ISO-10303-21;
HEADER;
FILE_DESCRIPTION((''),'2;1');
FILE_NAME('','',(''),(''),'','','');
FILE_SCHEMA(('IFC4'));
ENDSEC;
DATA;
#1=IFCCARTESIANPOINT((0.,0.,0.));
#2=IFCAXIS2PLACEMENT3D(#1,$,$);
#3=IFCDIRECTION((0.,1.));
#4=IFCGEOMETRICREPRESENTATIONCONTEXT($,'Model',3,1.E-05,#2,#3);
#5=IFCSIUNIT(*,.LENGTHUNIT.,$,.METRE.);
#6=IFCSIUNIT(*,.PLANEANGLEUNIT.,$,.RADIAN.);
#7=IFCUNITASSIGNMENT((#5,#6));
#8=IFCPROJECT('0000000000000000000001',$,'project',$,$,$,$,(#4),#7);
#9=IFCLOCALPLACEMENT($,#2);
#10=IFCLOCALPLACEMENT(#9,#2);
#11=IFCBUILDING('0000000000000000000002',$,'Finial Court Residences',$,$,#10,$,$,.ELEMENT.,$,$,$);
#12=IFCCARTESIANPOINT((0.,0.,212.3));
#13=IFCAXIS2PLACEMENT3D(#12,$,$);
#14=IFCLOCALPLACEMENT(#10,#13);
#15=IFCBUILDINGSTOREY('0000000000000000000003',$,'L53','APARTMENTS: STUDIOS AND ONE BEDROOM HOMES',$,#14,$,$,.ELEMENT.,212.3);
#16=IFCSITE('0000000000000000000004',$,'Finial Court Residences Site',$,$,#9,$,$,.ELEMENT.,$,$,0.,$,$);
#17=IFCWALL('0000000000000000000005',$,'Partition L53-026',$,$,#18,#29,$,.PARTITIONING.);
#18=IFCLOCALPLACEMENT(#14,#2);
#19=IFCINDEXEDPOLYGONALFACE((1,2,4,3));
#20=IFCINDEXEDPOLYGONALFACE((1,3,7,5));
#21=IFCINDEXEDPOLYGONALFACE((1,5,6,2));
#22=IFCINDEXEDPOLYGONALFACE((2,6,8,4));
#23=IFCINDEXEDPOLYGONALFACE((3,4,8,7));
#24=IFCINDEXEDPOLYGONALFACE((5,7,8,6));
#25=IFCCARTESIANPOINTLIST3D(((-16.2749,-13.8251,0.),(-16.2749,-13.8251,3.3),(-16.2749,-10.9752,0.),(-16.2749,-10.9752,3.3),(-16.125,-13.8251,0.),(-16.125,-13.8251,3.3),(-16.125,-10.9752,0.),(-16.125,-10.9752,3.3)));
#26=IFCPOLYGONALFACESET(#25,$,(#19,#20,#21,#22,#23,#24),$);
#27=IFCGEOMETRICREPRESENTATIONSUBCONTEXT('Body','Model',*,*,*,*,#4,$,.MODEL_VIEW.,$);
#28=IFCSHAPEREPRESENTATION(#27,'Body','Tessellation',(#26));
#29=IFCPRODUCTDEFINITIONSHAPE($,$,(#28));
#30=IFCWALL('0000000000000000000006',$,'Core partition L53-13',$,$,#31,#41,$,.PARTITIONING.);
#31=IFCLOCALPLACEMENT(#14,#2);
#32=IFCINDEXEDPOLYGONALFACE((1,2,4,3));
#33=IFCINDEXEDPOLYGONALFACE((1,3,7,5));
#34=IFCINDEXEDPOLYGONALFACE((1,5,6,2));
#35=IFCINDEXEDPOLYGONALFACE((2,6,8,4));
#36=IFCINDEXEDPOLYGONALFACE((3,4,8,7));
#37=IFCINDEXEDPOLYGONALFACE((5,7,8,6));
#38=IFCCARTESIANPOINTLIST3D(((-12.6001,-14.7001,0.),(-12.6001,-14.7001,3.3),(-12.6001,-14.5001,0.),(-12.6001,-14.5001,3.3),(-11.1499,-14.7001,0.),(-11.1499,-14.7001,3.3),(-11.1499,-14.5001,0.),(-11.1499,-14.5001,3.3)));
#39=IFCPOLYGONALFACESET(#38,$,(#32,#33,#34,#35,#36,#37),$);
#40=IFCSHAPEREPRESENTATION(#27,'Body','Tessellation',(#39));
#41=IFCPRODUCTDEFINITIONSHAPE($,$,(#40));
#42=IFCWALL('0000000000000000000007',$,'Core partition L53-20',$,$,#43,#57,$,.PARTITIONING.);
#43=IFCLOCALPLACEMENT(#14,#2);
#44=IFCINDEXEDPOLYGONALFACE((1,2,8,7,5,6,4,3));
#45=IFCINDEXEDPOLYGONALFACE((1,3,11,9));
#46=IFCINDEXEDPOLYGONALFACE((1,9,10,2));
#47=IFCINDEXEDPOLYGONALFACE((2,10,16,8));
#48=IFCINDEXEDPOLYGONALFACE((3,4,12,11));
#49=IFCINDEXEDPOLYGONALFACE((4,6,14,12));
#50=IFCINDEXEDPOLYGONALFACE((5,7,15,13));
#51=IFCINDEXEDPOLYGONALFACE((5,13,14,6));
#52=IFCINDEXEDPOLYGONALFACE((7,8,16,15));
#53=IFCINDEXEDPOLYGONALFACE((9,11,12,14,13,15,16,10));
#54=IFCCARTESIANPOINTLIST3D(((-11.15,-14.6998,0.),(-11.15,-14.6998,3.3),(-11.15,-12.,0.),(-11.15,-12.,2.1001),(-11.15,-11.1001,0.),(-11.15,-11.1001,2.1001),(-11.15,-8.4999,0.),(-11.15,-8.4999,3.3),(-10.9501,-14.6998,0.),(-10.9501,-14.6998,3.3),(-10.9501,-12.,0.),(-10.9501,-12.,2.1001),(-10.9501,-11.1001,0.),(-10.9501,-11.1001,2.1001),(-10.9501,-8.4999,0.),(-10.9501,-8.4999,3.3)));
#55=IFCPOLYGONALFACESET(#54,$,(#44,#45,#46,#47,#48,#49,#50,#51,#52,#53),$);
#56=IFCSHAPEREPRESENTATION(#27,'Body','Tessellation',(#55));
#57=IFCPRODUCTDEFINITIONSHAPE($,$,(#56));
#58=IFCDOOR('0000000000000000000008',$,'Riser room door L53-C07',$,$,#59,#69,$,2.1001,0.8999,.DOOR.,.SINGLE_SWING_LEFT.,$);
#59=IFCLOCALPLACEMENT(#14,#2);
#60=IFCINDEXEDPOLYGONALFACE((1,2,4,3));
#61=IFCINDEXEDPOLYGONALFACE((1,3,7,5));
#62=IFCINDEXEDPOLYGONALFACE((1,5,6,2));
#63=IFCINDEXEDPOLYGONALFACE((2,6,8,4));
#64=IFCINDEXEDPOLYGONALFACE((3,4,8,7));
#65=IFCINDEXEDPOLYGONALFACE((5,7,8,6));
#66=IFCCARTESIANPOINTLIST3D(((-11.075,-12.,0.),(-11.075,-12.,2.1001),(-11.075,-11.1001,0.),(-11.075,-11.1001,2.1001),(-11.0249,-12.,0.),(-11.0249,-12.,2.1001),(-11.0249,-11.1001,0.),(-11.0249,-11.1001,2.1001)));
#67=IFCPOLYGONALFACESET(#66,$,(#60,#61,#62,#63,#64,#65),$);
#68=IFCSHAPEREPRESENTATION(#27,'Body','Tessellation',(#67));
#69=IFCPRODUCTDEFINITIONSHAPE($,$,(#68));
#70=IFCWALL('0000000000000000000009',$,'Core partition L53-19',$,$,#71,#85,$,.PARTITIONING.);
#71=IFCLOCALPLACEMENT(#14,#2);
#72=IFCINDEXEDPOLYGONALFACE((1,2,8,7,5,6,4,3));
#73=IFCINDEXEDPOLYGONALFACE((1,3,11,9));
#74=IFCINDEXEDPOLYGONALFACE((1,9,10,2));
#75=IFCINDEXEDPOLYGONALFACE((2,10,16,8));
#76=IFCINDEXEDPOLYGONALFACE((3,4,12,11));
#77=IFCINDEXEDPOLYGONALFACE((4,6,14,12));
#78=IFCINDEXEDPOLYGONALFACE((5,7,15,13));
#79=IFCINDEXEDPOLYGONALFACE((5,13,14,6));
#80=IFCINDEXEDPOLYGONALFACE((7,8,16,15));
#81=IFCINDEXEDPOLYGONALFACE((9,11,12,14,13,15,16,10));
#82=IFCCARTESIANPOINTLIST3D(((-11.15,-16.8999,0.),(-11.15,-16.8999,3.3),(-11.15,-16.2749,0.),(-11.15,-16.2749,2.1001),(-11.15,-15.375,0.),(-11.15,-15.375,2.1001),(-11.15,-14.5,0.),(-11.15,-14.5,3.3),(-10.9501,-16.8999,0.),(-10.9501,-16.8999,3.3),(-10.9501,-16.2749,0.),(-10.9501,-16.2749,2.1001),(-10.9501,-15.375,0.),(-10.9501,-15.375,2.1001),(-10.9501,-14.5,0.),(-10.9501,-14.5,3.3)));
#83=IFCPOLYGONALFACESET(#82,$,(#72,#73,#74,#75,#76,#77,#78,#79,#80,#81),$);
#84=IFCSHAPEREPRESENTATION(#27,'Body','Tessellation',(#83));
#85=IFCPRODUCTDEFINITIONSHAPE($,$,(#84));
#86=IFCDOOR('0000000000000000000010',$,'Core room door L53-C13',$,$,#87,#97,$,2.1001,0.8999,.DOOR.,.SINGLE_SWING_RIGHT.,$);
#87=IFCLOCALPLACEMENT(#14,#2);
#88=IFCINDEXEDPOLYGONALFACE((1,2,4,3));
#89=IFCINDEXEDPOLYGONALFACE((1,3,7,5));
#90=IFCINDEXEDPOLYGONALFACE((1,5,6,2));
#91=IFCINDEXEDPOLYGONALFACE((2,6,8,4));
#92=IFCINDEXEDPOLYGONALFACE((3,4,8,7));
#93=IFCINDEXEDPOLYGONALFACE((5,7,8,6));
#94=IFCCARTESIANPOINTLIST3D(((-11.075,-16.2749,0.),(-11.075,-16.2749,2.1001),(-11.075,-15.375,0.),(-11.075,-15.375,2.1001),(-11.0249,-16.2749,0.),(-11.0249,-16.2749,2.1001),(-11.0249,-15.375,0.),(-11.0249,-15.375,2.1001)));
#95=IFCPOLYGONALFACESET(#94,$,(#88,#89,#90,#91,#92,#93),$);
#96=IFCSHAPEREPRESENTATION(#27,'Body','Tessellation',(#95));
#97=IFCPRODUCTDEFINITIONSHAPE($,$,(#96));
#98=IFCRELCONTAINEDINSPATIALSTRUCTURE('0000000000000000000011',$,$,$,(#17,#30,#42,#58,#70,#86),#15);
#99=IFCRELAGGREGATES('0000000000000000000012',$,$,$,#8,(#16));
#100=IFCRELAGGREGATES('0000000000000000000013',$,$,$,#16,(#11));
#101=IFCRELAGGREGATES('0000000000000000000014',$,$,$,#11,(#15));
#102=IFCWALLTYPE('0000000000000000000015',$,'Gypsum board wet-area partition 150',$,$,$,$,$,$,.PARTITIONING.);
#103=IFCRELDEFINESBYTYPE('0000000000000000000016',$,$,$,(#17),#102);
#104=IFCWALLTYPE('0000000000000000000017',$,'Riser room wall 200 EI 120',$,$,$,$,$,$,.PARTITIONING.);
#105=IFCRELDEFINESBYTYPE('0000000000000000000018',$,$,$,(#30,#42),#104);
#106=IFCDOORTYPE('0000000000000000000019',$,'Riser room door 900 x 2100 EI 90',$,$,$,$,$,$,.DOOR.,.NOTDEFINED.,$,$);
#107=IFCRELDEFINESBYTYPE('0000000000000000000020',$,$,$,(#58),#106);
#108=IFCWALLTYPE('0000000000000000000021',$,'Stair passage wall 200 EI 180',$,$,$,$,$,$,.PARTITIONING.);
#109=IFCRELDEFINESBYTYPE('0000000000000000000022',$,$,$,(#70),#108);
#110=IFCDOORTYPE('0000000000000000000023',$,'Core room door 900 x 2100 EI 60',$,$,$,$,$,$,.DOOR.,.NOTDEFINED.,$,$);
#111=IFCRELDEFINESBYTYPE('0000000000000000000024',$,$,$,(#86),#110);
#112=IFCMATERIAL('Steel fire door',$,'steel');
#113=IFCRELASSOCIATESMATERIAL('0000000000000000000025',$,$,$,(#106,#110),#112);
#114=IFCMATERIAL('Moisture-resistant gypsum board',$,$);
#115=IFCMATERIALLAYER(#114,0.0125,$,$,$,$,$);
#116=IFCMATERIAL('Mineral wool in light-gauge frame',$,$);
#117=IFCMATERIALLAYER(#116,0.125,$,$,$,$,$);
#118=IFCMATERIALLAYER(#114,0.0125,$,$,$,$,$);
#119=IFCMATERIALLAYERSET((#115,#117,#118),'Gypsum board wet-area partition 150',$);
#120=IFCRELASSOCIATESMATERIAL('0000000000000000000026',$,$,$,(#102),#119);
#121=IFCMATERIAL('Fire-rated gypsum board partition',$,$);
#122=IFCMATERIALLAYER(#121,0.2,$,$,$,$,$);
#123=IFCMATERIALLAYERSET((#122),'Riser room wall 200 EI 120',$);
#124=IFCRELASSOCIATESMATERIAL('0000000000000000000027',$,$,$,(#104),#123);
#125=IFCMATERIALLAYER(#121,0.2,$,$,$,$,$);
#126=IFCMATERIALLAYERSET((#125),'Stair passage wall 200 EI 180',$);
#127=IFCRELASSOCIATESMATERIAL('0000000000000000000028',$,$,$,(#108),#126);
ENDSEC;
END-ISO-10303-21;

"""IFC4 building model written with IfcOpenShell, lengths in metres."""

from ifc_helpers import new_model, si_unit, direction, frame, frame_2d, origin, place, context, subcontext, project, spatial, rectangle, extrude, material, layer, layer_set, type_object, element, fill, save


model = new_model("IFC4")

# Units and contexts
model_context = context("Model", 3, precision=1e-05, world=origin(), true_north=direction((0.0, 1.0)))
body_context = subcontext(model_context, "Body", "Model", "MODEL_VIEW")
ifc_project = project(units=[si_unit("LENGTHUNIT", "METRE"), si_unit("PLANEANGLEUNIT", "RADIAN")], contexts=[model_context])

# Site, building, storey
site_placement = place(None, origin())
site = spatial("IfcSite", under=ifc_project, at=site_placement, Name="Finial Court Residences Site", CompositionType="ELEMENT", RefElevation=0.0)
building_placement = place(site_placement, origin())
building = spatial("IfcBuilding", under=site, at=building_placement, Name="Finial Court Residences", CompositionType="ELEMENT")
storey_placement = place(building_placement, frame((0.0, 0.0, 212.3)))
storey = spatial("IfcBuildingStorey", under=building, at=storey_placement, Name="L53", Description="APARTMENTS: STUDIOS AND ONE BEDROOM HOMES", CompositionType="ELEMENT", Elevation=212.3)

# Shared definitions
ifc_material_1 = material(Name="Steel fire door", Category="steel")
door_type_1 = type_object("IfcDoorType", Name="Riser room door 900 x 2100 EI 90", OperationType="NOTDEFINED", PredefinedType="DOOR", material=ifc_material_1)

# Shared definitions
ifc_material_2 = material(Name="Mineral wool in light-gauge frame")

# Walls
ifc_material_3 = material(Name="Moisture-resistant gypsum board")
ifc_layer_1 = layer(ifc_material_3, 0.0125)
ifc_layer_2 = layer(ifc_material_2, 0.125)
ifc_layer_3 = layer(ifc_material_3, 0.0125)
ifc_layer_set_1 = layer_set([ifc_layer_1, ifc_layer_2, ifc_layer_3], Name="Gypsum board wet-area partition 150")
wall_type_1 = type_object("IfcWallType", Name="Gypsum board wet-area partition 150", PredefinedType="PARTITIONING", material=ifc_layer_set_1)
wall_1_placement = place(storey_placement, frame((-16.2, -13.825, 0.0), z_axis=(0.0, 0.0, 1.0), x_axis=(0.0, 1.0, 0.0)))
element("IfcWall", 1, at=wall_1_placement, inside=storey, type_object=wall_type_1, Name="Partition L53-026", PredefinedType="PARTITIONING", context=body_context, shape_type="SweptSolid", body=[
    extrude(rectangle(XDim=2.8499, YDim=0.1499, at=frame_2d((1.4248, 0.0))), origin(), (0.0, 0.0, 1.0), 3.3),
])
ifc_material_4 = material(Name="Fire-rated gypsum board partition")
ifc_layer_4 = layer(ifc_material_4, 0.2)
ifc_layer_set_2 = layer_set([ifc_layer_4], Name="Riser room wall 200 EI 120")
wall_type_2 = type_object("IfcWallType", Name="Riser room wall 200 EI 120", PredefinedType="PARTITIONING", material=ifc_layer_set_2)
wall_2_placement = place(storey_placement, frame((-12.6001, -14.6001, 0.0), z_axis=(0.0, 0.0, 1.0), x_axis=(1.0, 0.0, 0.0)))
element("IfcWall", 2, at=wall_2_placement, inside=storey, type_object=wall_type_2, Name="Core partition L53-13", PredefinedType="PARTITIONING", context=body_context, shape_type="SweptSolid", body=[
    extrude(rectangle(XDim=1.4502, YDim=0.2, at=frame_2d((0.7251, 0.0))), origin(), (0.0, 0.0, 1.0), 3.3),
])

# Walls, openings, doors
wall_3_placement = place(storey_placement, frame((-11.05, -14.7, 0.0), z_axis=(0.0, 0.0, 1.0), x_axis=(0.0, 1.0, 0.0)))
wall_3 = element("IfcWall", 3, at=wall_3_placement, inside=storey, type_object=wall_type_2, Name="Core partition L53-20", PredefinedType="PARTITIONING", context=body_context, shape_type="SweptSolid", body=[
    extrude(rectangle(XDim=6.2, YDim=0.2, at=frame_2d((3.1001, 0.0))), origin(), (0.0, 0.0, 1.0), 3.3),
])
opening_1_placement = place(wall_3_placement, frame((2.7, 0.0, 0.0)))
opening_1 = element("IfcOpeningElement", 4, at=opening_1_placement, cuts=wall_3, PredefinedType="OPENING", context=body_context, shape_type="SweptSolid", body=[
    extrude(rectangle(XDim=0.8999, YDim=2.1001, at=frame_2d((0.45, 1.05))), frame((0.0, 0.1099, 0.0), z_axis=(0.0, -1.0, 0.0), x_axis=(1.0, 0.0, 0.0)), (0.0, 0.0, 1.0), 0.22),
])
door_1_placement = place(opening_1_placement, origin())
door_1 = element("IfcDoor", 5, at=door_1_placement, inside=storey, type_object=door_type_1, Name="Riser room door L53-C07", OperationType="SINGLE_SWING_LEFT", OverallHeight=2.1001, OverallWidth=0.8999, PredefinedType="DOOR", context=body_context, shape_type="SweptSolid", body=[
    extrude(rectangle(XDim=0.8999, YDim=2.1001, at=frame_2d((0.45, 1.05))), frame((0.0, 0.0249, 0.0), z_axis=(0.0, -1.0, 0.0), x_axis=(1.0, 0.0, 0.0)), (0.0, 0.0, 1.0), 0.05),
])
fill(opening_1, door_1)
ifc_layer_5 = layer(ifc_material_4, 0.2)
ifc_layer_set_3 = layer_set([ifc_layer_5], Name="Stair passage wall 200 EI 180")
wall_type_3 = type_object("IfcWallType", Name="Stair passage wall 200 EI 180", PredefinedType="PARTITIONING", material=ifc_layer_set_3)
wall_4_placement = place(storey_placement, frame((-11.05, -16.8999, 0.0), z_axis=(0.0, 0.0, 1.0), x_axis=(0.0, 1.0, 0.0)))
wall_4 = element("IfcWall", 6, at=wall_4_placement, inside=storey, type_object=wall_type_3, Name="Core partition L53-19", PredefinedType="PARTITIONING", context=body_context, shape_type="SweptSolid", body=[
    extrude(rectangle(XDim=2.3999, YDim=0.2, at=frame_2d((1.2, 0.0))), origin(), (0.0, 0.0, 1.0), 3.3),
])
opening_2_placement = place(wall_4_placement, frame((0.625, 0.0, 0.0)))
opening_2 = element("IfcOpeningElement", 7, at=opening_2_placement, cuts=wall_4, PredefinedType="OPENING", context=body_context, shape_type="SweptSolid", body=[
    extrude(rectangle(XDim=0.8999, YDim=2.1001, at=frame_2d((0.45, 1.05))), frame((0.0, 0.1099, 0.0), z_axis=(0.0, -1.0, 0.0), x_axis=(1.0, 0.0, 0.0)), (0.0, 0.0, 1.0), 0.22),
])
door_type_2 = type_object("IfcDoorType", Name="Core room door 900 x 2100 EI 60", OperationType="NOTDEFINED", PredefinedType="DOOR", material=ifc_material_1)
door_2_placement = place(opening_2_placement, origin())
door_2 = element("IfcDoor", 8, at=door_2_placement, inside=storey, type_object=door_type_2, Name="Core room door L53-C13", OperationType="SINGLE_SWING_RIGHT", OverallHeight=2.1001, OverallWidth=0.8999, PredefinedType="DOOR", context=body_context, shape_type="SweptSolid", body=[
    extrude(rectangle(XDim=0.8999, YDim=2.1001, at=frame_2d((0.45, 1.05))), frame((0.0, 0.0249, 0.0), z_axis=(0.0, -1.0, 0.0), x_axis=(1.0, 0.0, 0.0)), (0.0, 0.0, 1.0), 0.05),
])
fill(opening_2, door_2)

save(model, "model.ifc")
